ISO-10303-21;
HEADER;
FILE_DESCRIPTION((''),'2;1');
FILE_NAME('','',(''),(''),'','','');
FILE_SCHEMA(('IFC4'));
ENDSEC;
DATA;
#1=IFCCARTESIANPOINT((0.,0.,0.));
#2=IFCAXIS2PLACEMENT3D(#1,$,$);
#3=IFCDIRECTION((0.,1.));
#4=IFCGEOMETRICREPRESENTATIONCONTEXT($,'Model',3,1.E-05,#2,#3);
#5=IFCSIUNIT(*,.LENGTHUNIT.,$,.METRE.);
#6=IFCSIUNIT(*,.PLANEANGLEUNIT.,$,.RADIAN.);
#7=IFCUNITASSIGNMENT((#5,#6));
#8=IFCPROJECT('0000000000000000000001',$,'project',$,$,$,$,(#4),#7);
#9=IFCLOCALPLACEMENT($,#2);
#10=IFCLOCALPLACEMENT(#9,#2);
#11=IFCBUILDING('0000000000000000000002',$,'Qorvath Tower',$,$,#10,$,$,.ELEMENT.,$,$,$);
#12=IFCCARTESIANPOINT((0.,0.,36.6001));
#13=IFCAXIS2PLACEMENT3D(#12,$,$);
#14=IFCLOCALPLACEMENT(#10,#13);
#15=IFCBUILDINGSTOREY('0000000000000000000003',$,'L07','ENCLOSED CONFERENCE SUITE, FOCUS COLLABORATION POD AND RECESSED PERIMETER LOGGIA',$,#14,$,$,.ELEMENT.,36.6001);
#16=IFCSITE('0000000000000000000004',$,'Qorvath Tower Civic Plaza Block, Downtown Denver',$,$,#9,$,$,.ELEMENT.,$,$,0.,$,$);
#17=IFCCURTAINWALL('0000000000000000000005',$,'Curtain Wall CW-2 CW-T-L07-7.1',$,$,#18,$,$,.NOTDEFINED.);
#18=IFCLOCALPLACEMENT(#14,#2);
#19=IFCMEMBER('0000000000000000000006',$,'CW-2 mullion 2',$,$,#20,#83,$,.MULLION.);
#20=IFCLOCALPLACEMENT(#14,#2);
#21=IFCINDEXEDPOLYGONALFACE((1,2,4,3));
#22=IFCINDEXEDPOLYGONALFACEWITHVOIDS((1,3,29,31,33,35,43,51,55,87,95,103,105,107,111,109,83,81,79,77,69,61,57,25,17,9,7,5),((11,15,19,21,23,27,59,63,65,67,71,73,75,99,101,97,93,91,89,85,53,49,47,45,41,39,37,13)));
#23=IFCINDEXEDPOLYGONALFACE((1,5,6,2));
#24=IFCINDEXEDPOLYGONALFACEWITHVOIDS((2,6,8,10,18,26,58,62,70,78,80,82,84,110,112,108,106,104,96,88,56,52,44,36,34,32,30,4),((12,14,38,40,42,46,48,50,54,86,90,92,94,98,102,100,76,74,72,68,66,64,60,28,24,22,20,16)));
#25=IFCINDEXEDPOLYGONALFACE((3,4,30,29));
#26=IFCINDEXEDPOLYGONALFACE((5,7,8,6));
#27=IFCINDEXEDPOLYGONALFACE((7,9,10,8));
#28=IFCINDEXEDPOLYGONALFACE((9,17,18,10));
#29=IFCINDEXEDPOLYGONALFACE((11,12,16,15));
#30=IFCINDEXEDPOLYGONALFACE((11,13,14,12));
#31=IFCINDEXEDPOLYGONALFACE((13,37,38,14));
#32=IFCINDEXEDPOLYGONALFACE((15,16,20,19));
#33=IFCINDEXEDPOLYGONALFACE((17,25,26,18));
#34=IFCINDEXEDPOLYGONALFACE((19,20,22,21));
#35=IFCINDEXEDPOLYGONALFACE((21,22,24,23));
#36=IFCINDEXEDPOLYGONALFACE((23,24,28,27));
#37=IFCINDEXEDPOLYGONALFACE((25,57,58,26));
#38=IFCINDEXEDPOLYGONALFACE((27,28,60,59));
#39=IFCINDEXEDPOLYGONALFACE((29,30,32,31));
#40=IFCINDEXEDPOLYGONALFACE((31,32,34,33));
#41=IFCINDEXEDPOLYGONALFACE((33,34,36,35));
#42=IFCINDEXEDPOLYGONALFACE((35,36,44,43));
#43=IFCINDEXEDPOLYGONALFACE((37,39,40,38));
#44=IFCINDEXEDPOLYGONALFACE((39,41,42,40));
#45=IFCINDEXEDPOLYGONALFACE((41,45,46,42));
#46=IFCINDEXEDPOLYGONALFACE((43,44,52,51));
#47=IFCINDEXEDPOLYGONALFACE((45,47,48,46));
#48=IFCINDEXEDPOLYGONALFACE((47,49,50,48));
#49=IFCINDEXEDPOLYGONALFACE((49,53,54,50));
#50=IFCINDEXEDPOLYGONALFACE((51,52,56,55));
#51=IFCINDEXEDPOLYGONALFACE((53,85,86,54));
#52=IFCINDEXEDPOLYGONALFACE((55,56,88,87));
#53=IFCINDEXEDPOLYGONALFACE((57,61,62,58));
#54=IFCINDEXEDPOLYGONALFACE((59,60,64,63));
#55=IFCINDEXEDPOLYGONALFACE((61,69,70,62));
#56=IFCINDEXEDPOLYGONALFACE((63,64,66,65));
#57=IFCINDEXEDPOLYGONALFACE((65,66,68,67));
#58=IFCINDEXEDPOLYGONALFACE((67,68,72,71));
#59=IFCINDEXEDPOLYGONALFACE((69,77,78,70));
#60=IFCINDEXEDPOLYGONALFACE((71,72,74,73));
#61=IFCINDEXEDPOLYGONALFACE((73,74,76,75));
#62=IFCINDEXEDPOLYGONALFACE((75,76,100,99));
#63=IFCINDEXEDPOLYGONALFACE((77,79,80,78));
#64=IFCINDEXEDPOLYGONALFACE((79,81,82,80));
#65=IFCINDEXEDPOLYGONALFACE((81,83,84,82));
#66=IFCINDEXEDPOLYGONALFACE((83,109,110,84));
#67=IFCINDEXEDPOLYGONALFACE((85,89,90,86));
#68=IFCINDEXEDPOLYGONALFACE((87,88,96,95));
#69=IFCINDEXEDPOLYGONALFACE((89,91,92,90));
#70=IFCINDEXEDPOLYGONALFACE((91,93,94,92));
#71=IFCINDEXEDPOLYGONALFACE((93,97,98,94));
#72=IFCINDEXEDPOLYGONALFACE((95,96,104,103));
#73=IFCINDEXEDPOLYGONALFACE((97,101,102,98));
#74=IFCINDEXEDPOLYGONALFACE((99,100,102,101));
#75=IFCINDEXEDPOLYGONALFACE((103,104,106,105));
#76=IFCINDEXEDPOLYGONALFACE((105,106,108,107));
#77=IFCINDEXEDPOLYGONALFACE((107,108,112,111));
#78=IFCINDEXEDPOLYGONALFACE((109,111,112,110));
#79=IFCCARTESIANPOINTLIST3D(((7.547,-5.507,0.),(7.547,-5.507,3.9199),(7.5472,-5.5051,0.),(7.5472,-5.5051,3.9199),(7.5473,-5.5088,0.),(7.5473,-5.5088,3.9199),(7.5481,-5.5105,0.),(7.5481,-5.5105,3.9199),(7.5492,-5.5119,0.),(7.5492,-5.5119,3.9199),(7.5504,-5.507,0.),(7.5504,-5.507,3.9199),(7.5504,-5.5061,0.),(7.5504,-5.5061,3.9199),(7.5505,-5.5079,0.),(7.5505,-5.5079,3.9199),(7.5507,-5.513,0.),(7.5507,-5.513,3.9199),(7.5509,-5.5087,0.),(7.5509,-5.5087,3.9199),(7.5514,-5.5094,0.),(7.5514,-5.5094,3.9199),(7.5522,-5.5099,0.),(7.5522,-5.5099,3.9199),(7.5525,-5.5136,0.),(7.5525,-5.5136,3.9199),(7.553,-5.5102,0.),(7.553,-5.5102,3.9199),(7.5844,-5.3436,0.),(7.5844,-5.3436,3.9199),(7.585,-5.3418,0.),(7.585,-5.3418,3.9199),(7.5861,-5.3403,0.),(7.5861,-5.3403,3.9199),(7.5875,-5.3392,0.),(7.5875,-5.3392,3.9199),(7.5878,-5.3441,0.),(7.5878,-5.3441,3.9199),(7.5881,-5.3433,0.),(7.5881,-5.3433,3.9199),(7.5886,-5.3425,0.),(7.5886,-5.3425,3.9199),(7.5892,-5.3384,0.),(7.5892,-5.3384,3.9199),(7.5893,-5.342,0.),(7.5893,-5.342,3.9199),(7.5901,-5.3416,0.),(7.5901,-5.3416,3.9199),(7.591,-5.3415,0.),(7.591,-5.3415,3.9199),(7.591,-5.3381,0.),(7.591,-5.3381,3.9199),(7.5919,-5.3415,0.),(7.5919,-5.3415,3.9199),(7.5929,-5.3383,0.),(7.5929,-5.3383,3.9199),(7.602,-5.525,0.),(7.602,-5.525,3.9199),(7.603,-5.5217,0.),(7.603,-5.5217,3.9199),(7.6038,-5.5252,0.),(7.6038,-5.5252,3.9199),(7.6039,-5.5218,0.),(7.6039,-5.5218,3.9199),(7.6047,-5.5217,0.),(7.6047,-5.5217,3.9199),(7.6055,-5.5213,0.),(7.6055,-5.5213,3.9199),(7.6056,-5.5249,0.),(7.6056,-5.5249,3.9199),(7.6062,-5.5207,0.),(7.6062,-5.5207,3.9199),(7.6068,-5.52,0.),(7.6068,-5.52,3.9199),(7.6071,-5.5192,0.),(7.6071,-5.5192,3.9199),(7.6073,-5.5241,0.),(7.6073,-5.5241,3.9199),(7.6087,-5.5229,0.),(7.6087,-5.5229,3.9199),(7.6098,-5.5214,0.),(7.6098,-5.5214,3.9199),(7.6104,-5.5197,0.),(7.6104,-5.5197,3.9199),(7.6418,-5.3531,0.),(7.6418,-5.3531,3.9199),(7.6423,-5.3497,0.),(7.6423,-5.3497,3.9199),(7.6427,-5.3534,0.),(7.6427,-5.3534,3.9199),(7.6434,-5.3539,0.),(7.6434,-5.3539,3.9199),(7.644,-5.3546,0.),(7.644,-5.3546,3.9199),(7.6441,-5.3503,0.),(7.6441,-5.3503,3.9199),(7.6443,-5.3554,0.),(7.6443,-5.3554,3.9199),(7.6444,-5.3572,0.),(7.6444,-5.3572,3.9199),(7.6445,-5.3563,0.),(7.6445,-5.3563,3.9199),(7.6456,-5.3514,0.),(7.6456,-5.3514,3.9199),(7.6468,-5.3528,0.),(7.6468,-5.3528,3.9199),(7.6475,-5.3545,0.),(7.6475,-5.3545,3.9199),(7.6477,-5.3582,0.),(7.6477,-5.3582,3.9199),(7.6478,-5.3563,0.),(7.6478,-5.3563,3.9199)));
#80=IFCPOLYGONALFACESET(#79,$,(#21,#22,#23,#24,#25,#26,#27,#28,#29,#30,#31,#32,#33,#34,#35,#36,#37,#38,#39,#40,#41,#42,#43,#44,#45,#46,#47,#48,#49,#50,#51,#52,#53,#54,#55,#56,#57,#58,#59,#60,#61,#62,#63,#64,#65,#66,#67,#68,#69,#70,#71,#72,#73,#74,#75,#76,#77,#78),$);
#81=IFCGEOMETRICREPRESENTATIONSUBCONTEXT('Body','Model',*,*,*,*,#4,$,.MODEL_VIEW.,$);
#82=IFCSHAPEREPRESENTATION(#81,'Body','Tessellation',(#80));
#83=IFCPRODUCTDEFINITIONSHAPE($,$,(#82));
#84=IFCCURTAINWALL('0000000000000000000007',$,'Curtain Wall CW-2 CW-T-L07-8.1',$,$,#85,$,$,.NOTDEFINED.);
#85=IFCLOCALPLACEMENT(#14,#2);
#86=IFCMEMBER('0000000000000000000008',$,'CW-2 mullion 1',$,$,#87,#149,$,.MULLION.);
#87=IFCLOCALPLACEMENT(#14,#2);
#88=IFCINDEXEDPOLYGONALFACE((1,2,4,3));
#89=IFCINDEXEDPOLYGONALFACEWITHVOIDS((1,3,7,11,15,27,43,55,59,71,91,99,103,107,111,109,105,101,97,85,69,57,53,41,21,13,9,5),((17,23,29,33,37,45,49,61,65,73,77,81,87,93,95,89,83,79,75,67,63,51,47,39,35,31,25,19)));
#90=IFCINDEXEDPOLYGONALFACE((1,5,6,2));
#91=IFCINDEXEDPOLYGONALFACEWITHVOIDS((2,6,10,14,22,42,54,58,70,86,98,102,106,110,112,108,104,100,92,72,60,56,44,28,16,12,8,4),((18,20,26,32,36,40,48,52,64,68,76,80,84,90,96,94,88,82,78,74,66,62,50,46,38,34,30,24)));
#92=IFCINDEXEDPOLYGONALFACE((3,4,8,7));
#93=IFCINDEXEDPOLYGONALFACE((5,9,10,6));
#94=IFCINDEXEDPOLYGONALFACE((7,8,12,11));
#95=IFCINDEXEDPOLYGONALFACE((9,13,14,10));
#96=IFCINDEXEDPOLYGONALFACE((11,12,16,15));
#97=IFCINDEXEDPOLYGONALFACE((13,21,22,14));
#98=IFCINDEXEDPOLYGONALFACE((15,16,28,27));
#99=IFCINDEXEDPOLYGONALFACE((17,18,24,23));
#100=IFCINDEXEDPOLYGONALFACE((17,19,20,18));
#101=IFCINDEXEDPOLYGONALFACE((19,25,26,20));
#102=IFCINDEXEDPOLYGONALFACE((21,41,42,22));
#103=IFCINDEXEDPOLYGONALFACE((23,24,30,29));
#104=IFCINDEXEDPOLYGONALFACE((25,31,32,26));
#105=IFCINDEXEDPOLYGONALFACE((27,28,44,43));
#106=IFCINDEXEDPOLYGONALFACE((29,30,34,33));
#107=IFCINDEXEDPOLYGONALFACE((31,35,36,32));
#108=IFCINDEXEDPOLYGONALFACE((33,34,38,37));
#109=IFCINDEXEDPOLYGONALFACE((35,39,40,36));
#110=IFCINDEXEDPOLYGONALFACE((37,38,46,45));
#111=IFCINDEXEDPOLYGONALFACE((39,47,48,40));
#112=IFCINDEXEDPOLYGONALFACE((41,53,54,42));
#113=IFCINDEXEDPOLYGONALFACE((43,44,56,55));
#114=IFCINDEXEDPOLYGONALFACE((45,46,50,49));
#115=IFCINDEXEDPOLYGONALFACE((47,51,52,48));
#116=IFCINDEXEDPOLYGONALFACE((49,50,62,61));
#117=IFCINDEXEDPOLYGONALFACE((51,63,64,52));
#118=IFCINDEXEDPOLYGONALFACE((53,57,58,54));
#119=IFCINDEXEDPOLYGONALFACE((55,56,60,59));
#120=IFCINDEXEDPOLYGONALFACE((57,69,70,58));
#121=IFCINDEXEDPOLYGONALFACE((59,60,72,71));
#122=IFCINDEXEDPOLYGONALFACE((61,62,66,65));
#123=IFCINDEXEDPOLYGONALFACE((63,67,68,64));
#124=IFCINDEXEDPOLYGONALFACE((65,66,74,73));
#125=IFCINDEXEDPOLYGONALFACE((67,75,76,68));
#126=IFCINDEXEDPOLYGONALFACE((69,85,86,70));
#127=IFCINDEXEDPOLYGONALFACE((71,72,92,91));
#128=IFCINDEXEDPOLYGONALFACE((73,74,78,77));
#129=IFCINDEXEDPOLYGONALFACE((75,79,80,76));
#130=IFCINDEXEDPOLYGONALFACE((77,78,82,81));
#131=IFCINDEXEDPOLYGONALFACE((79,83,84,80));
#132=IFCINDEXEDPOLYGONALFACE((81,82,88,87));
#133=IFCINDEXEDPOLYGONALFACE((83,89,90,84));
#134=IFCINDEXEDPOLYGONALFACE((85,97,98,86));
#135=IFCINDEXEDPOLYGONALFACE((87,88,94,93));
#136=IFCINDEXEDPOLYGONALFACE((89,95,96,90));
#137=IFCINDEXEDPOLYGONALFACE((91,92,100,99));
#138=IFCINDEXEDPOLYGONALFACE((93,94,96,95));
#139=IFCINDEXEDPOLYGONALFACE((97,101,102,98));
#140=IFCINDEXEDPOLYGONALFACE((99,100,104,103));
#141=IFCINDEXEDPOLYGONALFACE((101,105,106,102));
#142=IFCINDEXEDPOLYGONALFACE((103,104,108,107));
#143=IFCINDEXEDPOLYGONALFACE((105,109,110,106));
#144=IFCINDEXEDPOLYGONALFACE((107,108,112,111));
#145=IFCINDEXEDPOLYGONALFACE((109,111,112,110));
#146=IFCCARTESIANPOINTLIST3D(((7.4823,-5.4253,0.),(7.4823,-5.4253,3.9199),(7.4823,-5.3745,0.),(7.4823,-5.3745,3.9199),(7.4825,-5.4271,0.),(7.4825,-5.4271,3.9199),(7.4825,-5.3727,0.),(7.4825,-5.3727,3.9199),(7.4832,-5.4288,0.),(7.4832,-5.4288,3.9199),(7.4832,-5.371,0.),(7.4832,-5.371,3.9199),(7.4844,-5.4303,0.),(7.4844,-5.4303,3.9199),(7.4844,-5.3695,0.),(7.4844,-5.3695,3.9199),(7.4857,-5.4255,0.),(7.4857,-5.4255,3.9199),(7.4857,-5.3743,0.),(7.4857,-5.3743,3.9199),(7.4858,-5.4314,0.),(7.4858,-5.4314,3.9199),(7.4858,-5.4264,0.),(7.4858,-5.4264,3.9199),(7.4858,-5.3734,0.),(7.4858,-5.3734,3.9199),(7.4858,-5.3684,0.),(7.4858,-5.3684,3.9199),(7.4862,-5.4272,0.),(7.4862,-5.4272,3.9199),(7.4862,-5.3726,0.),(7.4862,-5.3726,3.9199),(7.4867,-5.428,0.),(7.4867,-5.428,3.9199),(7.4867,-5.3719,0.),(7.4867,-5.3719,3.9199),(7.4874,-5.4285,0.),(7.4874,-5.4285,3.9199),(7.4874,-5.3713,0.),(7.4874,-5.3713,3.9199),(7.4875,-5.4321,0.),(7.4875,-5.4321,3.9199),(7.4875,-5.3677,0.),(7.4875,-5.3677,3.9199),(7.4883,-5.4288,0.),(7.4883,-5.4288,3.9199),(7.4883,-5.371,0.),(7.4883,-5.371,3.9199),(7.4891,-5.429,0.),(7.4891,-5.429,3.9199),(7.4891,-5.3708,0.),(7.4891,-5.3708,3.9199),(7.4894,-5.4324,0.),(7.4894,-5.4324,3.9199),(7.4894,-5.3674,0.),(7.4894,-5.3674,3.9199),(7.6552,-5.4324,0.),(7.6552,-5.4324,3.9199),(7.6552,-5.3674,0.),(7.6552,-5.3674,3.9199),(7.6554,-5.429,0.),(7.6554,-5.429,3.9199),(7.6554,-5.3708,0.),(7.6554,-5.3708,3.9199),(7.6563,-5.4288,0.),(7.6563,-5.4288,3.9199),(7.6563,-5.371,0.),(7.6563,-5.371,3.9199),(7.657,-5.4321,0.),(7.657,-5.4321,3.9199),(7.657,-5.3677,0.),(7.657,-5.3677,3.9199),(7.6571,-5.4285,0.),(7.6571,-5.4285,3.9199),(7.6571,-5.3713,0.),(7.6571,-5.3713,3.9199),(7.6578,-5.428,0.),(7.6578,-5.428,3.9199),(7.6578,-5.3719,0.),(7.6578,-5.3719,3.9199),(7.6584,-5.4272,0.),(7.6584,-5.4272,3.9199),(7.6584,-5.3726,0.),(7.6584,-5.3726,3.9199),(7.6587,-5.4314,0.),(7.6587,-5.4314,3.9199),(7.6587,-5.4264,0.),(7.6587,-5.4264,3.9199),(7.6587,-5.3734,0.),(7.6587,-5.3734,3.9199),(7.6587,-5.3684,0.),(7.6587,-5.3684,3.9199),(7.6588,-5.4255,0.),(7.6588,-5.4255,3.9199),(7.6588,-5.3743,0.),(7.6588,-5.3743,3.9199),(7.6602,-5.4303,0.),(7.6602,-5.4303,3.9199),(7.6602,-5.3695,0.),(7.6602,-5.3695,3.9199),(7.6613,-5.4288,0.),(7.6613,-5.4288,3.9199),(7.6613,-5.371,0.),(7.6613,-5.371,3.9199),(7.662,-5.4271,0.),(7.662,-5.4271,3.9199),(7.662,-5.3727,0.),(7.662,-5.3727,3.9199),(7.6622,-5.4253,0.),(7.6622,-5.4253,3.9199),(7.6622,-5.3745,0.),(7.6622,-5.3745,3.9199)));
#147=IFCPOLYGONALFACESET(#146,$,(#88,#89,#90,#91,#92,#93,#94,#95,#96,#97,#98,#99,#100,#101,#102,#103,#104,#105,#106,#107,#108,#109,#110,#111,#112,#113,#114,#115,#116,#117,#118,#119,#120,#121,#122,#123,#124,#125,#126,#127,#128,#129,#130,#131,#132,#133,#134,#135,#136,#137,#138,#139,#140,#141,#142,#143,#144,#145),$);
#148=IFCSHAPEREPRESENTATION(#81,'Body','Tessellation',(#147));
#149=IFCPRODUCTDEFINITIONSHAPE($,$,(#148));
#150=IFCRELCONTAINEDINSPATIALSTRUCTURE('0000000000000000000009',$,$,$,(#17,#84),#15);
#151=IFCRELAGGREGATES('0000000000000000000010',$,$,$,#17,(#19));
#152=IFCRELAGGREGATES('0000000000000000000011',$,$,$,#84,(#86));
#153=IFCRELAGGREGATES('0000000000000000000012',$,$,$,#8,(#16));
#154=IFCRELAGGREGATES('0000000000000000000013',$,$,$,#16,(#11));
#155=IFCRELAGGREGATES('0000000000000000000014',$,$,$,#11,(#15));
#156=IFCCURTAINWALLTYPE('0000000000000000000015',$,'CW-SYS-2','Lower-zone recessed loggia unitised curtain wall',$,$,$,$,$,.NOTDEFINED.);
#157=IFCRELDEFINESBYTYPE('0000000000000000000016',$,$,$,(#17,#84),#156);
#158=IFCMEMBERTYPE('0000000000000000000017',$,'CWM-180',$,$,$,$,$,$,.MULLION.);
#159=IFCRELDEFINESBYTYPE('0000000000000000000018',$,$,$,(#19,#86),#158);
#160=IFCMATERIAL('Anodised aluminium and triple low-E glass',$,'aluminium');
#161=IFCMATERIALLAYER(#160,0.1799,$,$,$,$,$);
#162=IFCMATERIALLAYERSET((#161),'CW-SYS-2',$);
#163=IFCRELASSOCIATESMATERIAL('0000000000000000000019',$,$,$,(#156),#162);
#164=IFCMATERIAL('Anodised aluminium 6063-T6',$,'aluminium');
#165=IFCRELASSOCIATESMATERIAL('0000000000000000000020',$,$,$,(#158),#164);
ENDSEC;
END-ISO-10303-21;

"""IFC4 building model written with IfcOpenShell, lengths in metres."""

from ifc_helpers import new_model, si_unit, direction, frame, origin, origin_2d, place, context, subcontext, project, spatial, hollow_rectangle, extrude, material, layer, layer_set, material_profile, profile_set, type_object, element, aggregate, save


model = new_model("IFC4")

# Units and contexts
model_context = context("Model", 3, precision=1e-05, world=origin(), true_north=direction((0.0, 1.0)))
body_context = subcontext(model_context, "Body", "Model", "MODEL_VIEW")
ifc_project = project(units=[si_unit("LENGTHUNIT", "METRE"), si_unit("PLANEANGLEUNIT", "RADIAN")], contexts=[model_context])

# Site, building, storey
site_placement = place(None, origin())
site = spatial("IfcSite", under=ifc_project, at=site_placement, Name="Qorvath Tower Civic Plaza Block, Downtown Denver", CompositionType="ELEMENT", RefElevation=0.0)
building_placement = place(site_placement, origin())
building = spatial("IfcBuilding", under=site, at=building_placement, Name="Qorvath Tower", CompositionType="ELEMENT")
storey_placement = place(building_placement, frame((0.0, 0.0, 36.6001)))
storey = spatial("IfcBuildingStorey", under=building, at=storey_placement, Name="L07", Description="ENCLOSED CONFERENCE SUITE, FOCUS COLLABORATION POD AND RECESSED PERIMETER LOGGIA", CompositionType="ELEMENT", Elevation=36.6001)

# Curtain wall, member
ifc_material_1 = material(Name="Anodised aluminium and triple low-E glass", Category="aluminium")
ifc_layer_1 = layer(ifc_material_1, 0.1799)
ifc_layer_set_1 = layer_set([ifc_layer_1], Name="CW-SYS-2")
curtain_wall_type = type_object("IfcCurtainWallType", Name="CW-SYS-2", Description="Lower-zone recessed loggia unitised curtain wall", PredefinedType="NOTDEFINED", material=ifc_layer_set_1)
curtain_wall_1_placement = place(storey_placement, origin())
curtain_wall_1 = element("IfcCurtainWall", 1, at=curtain_wall_1_placement, inside=storey, type_object=curtain_wall_type, Name="Curtain Wall CW-2 CW-T-L07-7.1", PredefinedType="NOTDEFINED")
ifc_material_2 = material(Name="Anodised aluminium 6063-T6", Category="aluminium")
ifc_material_profile_1 = material_profile(ifc_material_2, hollow_rectangle(XDim=0.0649, YDim=0.1799, WallThickness=0.0034, InnerFilletRadius=0.0034, OuterFilletRadius=0.0071, at=origin_2d()), Name="CWM 180x65")
ifc_profile_set_1 = profile_set([ifc_material_profile_1], Name="Anodised aluminium 6063-T6")
member_type_1 = type_object("IfcMemberType", Name="CWM-180", PredefinedType="MULLION", material=ifc_profile_set_1)
member_1_placement = place(storey_placement, frame((7.5974, -5.4316, 0.0), z_axis=(0.0, 0.0, 1.0), x_axis=(-0.974481, 0.224471, 0.0)))
member_1 = element("IfcMember", 2, at=member_1_placement, type_object=member_type_1, Name="CW-2 mullion 2", PredefinedType="MULLION", context=body_context, shape_type="SweptSolid", body=[
    extrude(hollow_rectangle(XDim=0.0649, YDim=0.1799, WallThickness=0.0034, InnerFilletRadius=0.0034, OuterFilletRadius=0.0071, at=origin_2d()), origin(), (0.0, 0.0, 1.0), 3.9199),
])
aggregate(curtain_wall_1, [member_1])

# Curtain wall, member
curtain_wall_2_placement = place(storey_placement, origin())
curtain_wall_2 = element("IfcCurtainWall", 3, at=curtain_wall_2_placement, inside=storey, type_object=curtain_wall_type, Name="Curtain Wall CW-2 CW-T-L07-8.1", PredefinedType="NOTDEFINED")
member_2_placement = place(storey_placement, frame((7.5723, -5.3999, 0.0), z_axis=(0.0, 0.0, 1.0), x_axis=(0.0, -1.0, 0.0)))
member_2 = element("IfcMember", 4, at=member_2_placement, type_object=member_type_1, Name="CW-2 mullion 1", PredefinedType="MULLION", context=body_context, shape_type="SweptSolid", body=[
    extrude(hollow_rectangle(XDim=0.0649, YDim=0.1799, WallThickness=0.0034, InnerFilletRadius=0.0034, OuterFilletRadius=0.0071, at=origin_2d()), origin(), (0.0, 0.0, 1.0), 3.9199),
])

aggregate(curtain_wall_2, [member_2])

save(model, "model.ifc")
